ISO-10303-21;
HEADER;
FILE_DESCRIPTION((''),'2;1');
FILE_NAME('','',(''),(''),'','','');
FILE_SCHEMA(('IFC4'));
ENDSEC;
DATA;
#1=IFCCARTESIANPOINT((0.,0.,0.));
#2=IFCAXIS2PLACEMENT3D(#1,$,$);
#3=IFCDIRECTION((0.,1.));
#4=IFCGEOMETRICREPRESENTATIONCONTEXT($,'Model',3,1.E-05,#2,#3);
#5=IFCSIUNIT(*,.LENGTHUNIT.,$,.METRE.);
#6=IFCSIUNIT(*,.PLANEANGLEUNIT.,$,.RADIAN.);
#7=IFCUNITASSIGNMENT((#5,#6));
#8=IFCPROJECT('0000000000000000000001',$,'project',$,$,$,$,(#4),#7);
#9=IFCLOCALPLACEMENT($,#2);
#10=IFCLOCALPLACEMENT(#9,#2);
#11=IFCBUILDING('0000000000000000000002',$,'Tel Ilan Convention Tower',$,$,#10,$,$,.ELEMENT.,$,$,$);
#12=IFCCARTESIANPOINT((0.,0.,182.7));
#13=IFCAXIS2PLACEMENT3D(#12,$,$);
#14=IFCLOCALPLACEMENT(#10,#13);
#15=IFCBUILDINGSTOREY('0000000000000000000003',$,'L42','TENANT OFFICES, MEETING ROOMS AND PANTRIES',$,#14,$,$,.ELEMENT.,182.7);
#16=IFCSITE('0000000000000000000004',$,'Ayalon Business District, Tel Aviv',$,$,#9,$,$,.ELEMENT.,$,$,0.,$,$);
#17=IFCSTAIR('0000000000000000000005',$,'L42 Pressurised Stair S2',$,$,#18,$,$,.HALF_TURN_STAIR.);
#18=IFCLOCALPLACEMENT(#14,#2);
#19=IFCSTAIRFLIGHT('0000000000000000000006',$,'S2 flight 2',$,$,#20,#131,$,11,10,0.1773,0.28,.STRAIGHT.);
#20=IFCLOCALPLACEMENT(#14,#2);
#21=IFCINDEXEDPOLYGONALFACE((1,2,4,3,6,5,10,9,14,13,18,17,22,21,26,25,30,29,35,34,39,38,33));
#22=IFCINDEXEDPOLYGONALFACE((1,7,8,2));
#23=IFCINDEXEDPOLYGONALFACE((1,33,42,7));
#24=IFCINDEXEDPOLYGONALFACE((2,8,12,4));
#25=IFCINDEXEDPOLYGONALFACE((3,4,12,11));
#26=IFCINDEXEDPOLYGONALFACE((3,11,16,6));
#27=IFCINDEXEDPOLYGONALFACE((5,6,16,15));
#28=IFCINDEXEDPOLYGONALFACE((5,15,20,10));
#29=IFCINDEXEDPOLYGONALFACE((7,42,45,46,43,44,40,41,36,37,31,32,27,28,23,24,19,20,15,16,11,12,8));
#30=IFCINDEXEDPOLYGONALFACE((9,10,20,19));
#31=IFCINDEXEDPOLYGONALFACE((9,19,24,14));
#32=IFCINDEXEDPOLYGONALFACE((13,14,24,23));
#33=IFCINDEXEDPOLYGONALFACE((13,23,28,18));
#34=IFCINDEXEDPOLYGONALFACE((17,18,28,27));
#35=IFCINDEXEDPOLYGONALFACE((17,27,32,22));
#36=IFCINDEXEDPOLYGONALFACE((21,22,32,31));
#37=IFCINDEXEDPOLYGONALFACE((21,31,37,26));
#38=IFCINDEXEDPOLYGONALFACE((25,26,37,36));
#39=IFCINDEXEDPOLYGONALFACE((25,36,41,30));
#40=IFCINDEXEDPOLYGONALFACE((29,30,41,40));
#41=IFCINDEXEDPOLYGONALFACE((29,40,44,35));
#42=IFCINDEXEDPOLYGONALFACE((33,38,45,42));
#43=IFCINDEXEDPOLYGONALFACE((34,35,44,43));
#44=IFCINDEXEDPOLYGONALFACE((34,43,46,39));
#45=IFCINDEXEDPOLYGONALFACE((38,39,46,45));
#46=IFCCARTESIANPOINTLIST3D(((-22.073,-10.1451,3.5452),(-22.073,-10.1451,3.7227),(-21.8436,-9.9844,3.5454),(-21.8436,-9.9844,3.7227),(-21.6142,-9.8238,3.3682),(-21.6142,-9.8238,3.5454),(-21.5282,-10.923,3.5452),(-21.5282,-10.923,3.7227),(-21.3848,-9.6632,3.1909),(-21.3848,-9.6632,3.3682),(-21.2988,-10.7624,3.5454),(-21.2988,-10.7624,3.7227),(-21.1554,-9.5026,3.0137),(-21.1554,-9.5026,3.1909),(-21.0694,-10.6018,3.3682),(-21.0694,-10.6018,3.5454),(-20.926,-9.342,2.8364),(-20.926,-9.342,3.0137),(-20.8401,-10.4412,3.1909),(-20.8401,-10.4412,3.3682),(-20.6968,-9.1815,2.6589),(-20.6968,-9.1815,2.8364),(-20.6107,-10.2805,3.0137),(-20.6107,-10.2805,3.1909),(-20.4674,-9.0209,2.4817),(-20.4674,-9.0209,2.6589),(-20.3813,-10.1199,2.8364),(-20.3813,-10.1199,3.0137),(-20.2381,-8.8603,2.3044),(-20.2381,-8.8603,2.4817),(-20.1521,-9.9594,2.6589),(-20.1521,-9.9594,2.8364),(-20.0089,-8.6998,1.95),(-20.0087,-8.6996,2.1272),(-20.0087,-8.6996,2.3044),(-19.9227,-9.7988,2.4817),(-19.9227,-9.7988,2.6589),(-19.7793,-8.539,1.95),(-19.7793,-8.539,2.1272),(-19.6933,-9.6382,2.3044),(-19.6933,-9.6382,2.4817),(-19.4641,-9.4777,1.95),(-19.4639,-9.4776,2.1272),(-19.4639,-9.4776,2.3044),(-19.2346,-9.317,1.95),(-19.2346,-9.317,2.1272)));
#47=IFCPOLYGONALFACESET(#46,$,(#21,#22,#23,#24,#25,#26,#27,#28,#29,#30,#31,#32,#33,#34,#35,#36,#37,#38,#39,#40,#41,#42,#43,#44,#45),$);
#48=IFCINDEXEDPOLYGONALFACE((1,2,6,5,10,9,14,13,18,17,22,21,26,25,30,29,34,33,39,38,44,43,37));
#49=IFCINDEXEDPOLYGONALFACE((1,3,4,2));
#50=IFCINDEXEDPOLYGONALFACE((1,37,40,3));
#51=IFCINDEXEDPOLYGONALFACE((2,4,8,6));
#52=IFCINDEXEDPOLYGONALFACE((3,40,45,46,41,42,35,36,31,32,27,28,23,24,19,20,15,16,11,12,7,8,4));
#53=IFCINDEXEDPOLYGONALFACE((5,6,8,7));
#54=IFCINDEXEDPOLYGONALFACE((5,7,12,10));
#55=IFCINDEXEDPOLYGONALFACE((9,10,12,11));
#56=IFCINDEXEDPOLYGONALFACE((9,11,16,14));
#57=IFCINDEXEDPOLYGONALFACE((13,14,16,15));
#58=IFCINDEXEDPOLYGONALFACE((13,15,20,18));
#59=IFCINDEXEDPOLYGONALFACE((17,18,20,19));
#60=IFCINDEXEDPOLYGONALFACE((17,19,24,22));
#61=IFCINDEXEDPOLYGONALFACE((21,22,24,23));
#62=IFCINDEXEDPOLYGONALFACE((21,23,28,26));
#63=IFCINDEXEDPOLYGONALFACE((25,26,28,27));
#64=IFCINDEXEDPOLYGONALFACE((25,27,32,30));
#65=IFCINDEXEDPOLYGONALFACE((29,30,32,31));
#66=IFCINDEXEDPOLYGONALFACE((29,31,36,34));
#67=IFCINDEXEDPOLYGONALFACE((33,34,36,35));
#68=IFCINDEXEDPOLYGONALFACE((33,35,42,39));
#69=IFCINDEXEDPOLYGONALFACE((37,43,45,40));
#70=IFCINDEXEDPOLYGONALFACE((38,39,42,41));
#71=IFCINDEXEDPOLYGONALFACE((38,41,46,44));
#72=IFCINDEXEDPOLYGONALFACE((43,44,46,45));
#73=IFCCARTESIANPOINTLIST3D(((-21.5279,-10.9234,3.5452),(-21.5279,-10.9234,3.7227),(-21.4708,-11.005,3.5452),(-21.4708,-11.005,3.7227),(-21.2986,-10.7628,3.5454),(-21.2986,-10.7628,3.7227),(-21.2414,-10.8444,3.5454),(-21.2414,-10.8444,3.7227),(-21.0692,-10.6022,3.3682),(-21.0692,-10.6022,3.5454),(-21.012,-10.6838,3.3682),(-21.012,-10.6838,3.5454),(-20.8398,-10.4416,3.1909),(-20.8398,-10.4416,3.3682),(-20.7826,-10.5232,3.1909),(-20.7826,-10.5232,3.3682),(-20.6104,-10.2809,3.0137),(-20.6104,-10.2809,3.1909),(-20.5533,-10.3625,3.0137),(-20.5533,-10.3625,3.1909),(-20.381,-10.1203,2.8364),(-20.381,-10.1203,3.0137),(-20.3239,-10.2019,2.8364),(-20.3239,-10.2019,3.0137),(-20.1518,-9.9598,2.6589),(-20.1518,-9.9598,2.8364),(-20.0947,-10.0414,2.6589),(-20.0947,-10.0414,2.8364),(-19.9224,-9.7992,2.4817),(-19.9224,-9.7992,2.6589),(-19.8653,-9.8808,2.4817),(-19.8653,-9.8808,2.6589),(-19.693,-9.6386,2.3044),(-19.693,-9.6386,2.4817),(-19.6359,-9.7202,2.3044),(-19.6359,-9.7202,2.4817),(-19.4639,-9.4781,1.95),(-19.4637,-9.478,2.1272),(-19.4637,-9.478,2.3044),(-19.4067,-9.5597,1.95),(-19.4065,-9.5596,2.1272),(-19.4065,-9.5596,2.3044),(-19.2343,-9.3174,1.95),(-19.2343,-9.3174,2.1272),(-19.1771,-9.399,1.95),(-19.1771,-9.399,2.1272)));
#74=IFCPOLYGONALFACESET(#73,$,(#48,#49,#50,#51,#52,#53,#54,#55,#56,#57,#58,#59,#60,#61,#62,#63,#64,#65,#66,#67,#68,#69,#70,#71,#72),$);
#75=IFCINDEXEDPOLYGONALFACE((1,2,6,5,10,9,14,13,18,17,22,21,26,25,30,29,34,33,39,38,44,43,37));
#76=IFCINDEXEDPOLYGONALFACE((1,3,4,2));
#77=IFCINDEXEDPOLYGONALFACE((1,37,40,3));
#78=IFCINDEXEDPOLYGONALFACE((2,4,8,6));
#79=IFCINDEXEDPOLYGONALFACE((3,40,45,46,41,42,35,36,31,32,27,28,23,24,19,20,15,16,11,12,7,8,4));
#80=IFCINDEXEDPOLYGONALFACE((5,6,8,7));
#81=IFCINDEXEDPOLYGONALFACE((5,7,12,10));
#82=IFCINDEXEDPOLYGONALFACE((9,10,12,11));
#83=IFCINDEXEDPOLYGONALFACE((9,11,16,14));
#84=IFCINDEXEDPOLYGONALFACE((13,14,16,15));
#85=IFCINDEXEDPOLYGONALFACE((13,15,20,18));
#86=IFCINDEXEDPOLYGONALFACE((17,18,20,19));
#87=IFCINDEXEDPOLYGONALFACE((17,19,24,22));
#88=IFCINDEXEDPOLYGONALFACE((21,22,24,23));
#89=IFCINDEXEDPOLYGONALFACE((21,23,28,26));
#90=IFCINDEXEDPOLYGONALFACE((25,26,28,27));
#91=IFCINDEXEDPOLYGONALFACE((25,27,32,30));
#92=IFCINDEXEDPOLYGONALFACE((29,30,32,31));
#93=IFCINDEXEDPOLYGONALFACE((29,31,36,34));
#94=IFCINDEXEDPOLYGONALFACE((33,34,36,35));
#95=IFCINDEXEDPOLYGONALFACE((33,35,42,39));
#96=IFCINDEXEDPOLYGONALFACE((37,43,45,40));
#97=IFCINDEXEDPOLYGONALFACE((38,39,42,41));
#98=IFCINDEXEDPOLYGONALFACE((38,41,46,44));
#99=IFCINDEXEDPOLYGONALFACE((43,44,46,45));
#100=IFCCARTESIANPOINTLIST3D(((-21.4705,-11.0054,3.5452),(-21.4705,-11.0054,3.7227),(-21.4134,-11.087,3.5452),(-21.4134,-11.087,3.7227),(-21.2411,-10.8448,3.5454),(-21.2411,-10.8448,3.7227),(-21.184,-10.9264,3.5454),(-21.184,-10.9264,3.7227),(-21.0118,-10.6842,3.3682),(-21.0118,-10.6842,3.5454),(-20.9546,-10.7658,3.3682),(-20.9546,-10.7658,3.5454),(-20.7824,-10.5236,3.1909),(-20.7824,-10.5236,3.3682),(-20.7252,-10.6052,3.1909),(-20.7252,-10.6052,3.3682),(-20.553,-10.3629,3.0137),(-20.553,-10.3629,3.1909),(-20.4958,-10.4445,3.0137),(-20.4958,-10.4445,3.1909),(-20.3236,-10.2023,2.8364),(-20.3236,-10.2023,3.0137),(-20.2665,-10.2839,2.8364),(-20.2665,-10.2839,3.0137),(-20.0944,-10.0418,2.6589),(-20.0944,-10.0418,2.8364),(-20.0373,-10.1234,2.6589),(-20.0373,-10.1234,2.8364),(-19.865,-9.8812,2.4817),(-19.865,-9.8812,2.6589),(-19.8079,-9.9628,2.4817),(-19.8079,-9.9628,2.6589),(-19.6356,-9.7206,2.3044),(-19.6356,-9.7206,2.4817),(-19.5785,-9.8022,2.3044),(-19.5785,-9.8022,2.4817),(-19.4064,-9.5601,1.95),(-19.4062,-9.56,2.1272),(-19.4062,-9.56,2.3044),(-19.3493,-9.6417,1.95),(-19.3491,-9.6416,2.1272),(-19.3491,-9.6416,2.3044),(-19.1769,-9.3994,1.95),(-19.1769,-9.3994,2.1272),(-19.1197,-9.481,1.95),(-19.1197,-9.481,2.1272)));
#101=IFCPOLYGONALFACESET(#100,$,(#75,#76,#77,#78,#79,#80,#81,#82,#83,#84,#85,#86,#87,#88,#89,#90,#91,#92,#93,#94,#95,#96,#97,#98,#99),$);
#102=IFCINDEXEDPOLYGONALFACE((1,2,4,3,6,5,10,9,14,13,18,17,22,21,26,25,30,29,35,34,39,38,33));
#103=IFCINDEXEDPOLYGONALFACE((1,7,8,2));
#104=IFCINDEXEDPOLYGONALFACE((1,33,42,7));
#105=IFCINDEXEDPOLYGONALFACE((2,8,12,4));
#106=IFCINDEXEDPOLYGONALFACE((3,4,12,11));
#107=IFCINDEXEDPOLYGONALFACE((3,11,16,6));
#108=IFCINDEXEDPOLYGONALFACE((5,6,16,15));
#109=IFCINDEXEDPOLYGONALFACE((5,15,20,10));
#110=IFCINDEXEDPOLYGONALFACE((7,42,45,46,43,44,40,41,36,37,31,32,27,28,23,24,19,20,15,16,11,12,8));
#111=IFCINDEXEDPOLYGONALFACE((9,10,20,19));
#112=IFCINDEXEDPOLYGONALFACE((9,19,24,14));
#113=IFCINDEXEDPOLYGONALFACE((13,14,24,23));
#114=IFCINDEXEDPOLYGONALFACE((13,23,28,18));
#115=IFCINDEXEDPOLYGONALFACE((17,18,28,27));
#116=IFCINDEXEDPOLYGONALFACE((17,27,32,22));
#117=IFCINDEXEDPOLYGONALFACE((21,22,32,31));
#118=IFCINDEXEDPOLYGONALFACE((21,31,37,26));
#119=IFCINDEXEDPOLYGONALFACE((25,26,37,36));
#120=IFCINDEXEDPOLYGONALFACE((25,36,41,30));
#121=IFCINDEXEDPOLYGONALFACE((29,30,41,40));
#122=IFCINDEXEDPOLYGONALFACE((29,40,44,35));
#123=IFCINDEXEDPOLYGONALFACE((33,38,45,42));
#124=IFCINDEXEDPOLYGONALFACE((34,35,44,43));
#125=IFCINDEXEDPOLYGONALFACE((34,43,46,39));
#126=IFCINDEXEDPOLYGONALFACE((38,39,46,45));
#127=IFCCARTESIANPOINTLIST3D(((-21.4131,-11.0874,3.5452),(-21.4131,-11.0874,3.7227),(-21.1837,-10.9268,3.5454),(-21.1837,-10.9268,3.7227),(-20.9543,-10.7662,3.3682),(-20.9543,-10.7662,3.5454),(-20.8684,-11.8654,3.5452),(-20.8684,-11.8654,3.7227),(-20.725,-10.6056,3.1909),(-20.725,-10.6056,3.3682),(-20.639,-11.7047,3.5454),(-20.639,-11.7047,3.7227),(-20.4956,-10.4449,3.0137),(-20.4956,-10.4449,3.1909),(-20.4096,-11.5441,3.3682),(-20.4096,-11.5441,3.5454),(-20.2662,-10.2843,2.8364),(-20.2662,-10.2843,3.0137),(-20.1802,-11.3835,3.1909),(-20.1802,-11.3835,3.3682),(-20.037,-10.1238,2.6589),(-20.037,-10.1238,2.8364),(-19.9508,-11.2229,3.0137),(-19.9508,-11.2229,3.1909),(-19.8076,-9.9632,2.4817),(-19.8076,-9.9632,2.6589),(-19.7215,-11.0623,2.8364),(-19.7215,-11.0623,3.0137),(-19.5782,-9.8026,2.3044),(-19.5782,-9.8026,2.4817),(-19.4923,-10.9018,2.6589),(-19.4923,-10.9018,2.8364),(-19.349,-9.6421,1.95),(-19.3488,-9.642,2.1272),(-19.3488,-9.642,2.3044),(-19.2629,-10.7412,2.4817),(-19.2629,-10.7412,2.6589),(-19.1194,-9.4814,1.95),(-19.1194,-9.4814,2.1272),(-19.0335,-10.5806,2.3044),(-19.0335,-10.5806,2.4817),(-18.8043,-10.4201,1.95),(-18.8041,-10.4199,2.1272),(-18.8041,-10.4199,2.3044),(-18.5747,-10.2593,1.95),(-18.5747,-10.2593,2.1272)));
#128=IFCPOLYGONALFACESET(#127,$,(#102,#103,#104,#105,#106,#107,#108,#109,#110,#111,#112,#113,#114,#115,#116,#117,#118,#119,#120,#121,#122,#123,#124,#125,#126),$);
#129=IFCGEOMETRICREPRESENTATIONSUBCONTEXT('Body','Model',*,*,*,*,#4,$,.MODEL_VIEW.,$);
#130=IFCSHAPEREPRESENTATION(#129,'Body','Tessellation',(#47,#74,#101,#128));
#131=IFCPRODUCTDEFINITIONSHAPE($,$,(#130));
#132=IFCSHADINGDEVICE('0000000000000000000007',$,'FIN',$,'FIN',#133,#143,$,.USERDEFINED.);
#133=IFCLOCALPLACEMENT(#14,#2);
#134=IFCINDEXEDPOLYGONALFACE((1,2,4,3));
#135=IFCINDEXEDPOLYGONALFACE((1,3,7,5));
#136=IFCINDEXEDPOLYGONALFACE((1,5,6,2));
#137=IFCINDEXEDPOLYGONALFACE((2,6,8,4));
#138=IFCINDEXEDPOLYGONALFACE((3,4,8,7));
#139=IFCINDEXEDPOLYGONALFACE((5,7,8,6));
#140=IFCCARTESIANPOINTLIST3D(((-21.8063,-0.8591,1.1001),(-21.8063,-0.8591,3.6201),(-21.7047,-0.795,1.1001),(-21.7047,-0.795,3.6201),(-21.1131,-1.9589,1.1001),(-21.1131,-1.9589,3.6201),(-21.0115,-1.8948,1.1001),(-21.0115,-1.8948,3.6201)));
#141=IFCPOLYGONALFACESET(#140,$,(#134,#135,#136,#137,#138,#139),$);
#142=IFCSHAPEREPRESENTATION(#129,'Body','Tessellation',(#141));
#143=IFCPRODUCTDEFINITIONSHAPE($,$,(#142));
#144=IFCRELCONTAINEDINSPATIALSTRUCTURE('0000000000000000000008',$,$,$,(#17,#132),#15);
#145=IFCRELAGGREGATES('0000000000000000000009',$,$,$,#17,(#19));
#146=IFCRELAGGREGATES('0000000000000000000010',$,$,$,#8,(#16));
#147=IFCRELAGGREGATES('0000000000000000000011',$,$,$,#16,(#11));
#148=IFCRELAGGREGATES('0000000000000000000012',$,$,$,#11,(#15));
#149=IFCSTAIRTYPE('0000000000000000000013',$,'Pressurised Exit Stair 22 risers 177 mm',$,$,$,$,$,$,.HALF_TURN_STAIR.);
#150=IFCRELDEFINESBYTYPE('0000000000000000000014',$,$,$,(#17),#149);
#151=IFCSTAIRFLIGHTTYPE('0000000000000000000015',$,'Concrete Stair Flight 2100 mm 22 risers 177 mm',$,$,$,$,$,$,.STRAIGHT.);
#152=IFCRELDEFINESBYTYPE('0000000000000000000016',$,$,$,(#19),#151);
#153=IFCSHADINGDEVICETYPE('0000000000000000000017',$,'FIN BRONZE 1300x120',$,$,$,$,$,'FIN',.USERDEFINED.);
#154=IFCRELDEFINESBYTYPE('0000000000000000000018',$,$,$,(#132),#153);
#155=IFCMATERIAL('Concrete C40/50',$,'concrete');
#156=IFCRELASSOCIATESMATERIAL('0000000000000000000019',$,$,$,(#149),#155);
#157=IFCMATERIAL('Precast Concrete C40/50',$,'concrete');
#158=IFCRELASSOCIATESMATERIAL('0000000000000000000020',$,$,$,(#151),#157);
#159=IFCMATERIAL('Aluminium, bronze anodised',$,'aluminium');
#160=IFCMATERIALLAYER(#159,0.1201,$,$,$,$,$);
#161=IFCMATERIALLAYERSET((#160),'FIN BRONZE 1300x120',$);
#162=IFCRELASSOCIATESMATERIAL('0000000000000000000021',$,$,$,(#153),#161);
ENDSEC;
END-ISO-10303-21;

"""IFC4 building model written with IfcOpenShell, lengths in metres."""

from ifc_helpers import new_model, si_unit, direction, frame, origin, origin_2d, place, context, subcontext, project, spatial, polyline, rectangle, outline, extrude, material, layer, layer_set, type_object, element, aggregate, save


model = new_model("IFC4")

# Units and contexts
model_context = context("Model", 3, precision=1e-05, world=origin(), true_north=direction((0.0, 1.0)))
body_context = subcontext(model_context, "Body", "Model", "MODEL_VIEW")
ifc_project = project(units=[si_unit("LENGTHUNIT", "METRE"), si_unit("PLANEANGLEUNIT", "RADIAN")], contexts=[model_context])

# Site, building, storey
site_placement = place(None, origin())
site = spatial("IfcSite", under=ifc_project, at=site_placement, Name="Ayalon Business District, Tel Aviv", CompositionType="ELEMENT", RefElevation=0.0)
building_placement = place(site_placement, origin())
building = spatial("IfcBuilding", under=site, at=building_placement, Name="Tel Ilan Convention Tower", CompositionType="ELEMENT")
storey_placement = place(building_placement, frame((0.0, 0.0, 182.7)))
storey = spatial("IfcBuildingStorey", under=building, at=storey_placement, Name="L42", Description="TENANT OFFICES, MEETING ROOMS AND PANTRIES", CompositionType="ELEMENT", Elevation=182.7)

# Stair, stair flight
ifc_material_1 = material(Name="Concrete C40/50", Category="concrete")
stair_type = type_object("IfcStairType", Name="Pressurised Exit Stair 22 risers 177 mm", PredefinedType="HALF_TURN_STAIR", material=ifc_material_1)
ifc_material_2 = material(Name="Precast Concrete C40/50", Category="concrete")
stair_flight_type = type_object("IfcStairFlightType", Name="Concrete Stair Flight 2100 mm 22 risers 177 mm", PredefinedType="STRAIGHT", material=ifc_material_2)
stair_1_placement = place(storey_placement, origin())
stair_1 = element("IfcStair", 1, at=stair_1_placement, inside=storey, type_object=stair_type, Name="L42 Pressurised Stair S2", PredefinedType="HALF_TURN_STAIR")
stair_flight_1_placement = place(storey_placement, frame((-19.177, -9.3992, 1.95), z_axis=(0.0, 0.0, 1.0), x_axis=(-0.819152, -0.573576, 0.0)))
stair_flight_1 = element("IfcStairFlight", 2, at=stair_flight_1_placement, type_object=stair_flight_type, Name="S2 flight 2", NumberOfRisers=11, NumberOfTreads=10, PredefinedType="STRAIGHT", RiserHeight=0.1773, TreadLength=0.28, context=body_context, shape_type="SweptSolid", body=[
    extrude(outline(polyline([(0.0, 0.0), (0.0, 0.1772), (0.28, 0.1772), (0.28, 0.3545), (0.5601, 0.3545), (0.5601, 0.5317), (0.8401, 0.5317), (0.8401, 0.709), (1.1201, 0.709), (1.1201, 0.8865), (1.3999, 0.8865), (1.3999, 1.0637), (1.6799, 1.0637), (1.6799, 1.241), (1.96, 1.241), (1.96, 1.4182), (2.24, 1.4182), (2.24, 1.5955), (2.52, 1.5955), (2.52, 1.7727), (2.8, 1.7727), (2.8, 1.95), (2.8, 1.5952), (0.2803, 0.0), (0.0, 0.0)])), frame((0.0, -0.1003, 0.0), z_axis=(0.0, -1.0, 0.0), x_axis=(1.0, 0.0, 0.0)), (0.0, 0.0, 1.0), 0.9497),
    extrude(outline(polyline([(0.0, 0.0), (0.0, 0.1772), (0.28, 0.1772), (0.28, 0.3545), (0.5601, 0.3545), (0.5601, 0.5317), (0.8401, 0.5317), (0.8401, 0.709), (1.1201, 0.709), (1.1201, 0.8865), (1.3999, 0.8865), (1.3999, 1.0637), (1.6799, 1.0637), (1.6799, 1.241), (1.96, 1.241), (1.96, 1.4182), (2.24, 1.4182), (2.24, 1.5955), (2.52, 1.5955), (2.52, 1.7727), (2.8, 1.7727), (2.8, 1.95), (2.8, 1.5952), (0.2803, 0.0), (0.0, 0.0)])), frame((0.0, -0.0002, 0.0), z_axis=(0.0, -1.0, 0.0), x_axis=(1.0, 0.0, 0.0)), (0.0, 0.0, 1.0), 0.0996),
    extrude(outline(polyline([(0.0, 0.0), (0.0, 0.1772), (0.28, 0.1772), (0.28, 0.3545), (0.5601, 0.3545), (0.5601, 0.5317), (0.8401, 0.5317), (0.8401, 0.709), (1.1201, 0.709), (1.1201, 0.8865), (1.3999, 0.8865), (1.3999, 1.0637), (1.6799, 1.0637), (1.6799, 1.241), (1.96, 1.241), (1.96, 1.4182), (2.24, 1.4182), (2.24, 1.5955), (2.52, 1.5955), (2.52, 1.7727), (2.8, 1.7727), (2.8, 1.95), (2.8, 1.5952), (0.2803, 0.0), (0.0, 0.0)])), frame((0.0, 0.0999, 0.0), z_axis=(0.0, -1.0, 0.0), x_axis=(1.0, 0.0, 0.0)), (0.0, 0.0, 1.0), 0.0996),
    extrude(outline(polyline([(0.0, 0.0), (0.0, 0.1772), (0.28, 0.1772), (0.28, 0.3545), (0.5601, 0.3545), (0.5601, 0.5317), (0.8401, 0.5317), (0.8401, 0.709), (1.1201, 0.709), (1.1201, 0.8865), (1.3999, 0.8865), (1.3999, 1.0637), (1.6799, 1.0637), (1.6799, 1.241), (1.96, 1.241), (1.96, 1.4182), (2.24, 1.4182), (2.24, 1.5955), (2.52, 1.5955), (2.52, 1.7727), (2.8, 1.7727), (2.8, 1.95), (2.8, 1.5952), (0.2803, 0.0), (0.0, 0.0)])), frame((0.0, 1.05, 0.0), z_axis=(0.0, -1.0, 0.0), x_axis=(1.0, 0.0, 0.0)), (0.0, 0.0, 1.0), 0.9497),
])
aggregate(stair_1, [stair_flight_1])

# Shading device
ifc_material_3 = material(Name="Aluminium, bronze anodised", Category="aluminium")
ifc_layer_1 = layer(ifc_material_3, 0.1201)
ifc_layer_set_1 = layer_set([ifc_layer_1], Name="FIN BRONZE 1300x120")
shading_device_type = type_object("IfcShadingDeviceType", Name="FIN BRONZE 1300x120", ElementType="FIN", PredefinedType="USERDEFINED", material=ifc_layer_set_1)
shading_device_placement = place(storey_placement, frame((-21.4089, -1.377, 1.1001), z_axis=(0.0, 0.0, 1.0), x_axis=(-0.533204, 0.845986, 0.0)))
element("IfcShadingDevice", 3, at=shading_device_placement, inside=storey, type_object=shading_device_type, Name="FIN", ObjectType="FIN", PredefinedType="USERDEFINED", context=body_context, shape_type="SweptSolid", body=[
    extrude(rectangle(XDim=1.3, YDim=0.1201, at=origin_2d()), origin(), (0.0, 0.0, 1.0), 2.52),
])

save(model, "model.ifc")
